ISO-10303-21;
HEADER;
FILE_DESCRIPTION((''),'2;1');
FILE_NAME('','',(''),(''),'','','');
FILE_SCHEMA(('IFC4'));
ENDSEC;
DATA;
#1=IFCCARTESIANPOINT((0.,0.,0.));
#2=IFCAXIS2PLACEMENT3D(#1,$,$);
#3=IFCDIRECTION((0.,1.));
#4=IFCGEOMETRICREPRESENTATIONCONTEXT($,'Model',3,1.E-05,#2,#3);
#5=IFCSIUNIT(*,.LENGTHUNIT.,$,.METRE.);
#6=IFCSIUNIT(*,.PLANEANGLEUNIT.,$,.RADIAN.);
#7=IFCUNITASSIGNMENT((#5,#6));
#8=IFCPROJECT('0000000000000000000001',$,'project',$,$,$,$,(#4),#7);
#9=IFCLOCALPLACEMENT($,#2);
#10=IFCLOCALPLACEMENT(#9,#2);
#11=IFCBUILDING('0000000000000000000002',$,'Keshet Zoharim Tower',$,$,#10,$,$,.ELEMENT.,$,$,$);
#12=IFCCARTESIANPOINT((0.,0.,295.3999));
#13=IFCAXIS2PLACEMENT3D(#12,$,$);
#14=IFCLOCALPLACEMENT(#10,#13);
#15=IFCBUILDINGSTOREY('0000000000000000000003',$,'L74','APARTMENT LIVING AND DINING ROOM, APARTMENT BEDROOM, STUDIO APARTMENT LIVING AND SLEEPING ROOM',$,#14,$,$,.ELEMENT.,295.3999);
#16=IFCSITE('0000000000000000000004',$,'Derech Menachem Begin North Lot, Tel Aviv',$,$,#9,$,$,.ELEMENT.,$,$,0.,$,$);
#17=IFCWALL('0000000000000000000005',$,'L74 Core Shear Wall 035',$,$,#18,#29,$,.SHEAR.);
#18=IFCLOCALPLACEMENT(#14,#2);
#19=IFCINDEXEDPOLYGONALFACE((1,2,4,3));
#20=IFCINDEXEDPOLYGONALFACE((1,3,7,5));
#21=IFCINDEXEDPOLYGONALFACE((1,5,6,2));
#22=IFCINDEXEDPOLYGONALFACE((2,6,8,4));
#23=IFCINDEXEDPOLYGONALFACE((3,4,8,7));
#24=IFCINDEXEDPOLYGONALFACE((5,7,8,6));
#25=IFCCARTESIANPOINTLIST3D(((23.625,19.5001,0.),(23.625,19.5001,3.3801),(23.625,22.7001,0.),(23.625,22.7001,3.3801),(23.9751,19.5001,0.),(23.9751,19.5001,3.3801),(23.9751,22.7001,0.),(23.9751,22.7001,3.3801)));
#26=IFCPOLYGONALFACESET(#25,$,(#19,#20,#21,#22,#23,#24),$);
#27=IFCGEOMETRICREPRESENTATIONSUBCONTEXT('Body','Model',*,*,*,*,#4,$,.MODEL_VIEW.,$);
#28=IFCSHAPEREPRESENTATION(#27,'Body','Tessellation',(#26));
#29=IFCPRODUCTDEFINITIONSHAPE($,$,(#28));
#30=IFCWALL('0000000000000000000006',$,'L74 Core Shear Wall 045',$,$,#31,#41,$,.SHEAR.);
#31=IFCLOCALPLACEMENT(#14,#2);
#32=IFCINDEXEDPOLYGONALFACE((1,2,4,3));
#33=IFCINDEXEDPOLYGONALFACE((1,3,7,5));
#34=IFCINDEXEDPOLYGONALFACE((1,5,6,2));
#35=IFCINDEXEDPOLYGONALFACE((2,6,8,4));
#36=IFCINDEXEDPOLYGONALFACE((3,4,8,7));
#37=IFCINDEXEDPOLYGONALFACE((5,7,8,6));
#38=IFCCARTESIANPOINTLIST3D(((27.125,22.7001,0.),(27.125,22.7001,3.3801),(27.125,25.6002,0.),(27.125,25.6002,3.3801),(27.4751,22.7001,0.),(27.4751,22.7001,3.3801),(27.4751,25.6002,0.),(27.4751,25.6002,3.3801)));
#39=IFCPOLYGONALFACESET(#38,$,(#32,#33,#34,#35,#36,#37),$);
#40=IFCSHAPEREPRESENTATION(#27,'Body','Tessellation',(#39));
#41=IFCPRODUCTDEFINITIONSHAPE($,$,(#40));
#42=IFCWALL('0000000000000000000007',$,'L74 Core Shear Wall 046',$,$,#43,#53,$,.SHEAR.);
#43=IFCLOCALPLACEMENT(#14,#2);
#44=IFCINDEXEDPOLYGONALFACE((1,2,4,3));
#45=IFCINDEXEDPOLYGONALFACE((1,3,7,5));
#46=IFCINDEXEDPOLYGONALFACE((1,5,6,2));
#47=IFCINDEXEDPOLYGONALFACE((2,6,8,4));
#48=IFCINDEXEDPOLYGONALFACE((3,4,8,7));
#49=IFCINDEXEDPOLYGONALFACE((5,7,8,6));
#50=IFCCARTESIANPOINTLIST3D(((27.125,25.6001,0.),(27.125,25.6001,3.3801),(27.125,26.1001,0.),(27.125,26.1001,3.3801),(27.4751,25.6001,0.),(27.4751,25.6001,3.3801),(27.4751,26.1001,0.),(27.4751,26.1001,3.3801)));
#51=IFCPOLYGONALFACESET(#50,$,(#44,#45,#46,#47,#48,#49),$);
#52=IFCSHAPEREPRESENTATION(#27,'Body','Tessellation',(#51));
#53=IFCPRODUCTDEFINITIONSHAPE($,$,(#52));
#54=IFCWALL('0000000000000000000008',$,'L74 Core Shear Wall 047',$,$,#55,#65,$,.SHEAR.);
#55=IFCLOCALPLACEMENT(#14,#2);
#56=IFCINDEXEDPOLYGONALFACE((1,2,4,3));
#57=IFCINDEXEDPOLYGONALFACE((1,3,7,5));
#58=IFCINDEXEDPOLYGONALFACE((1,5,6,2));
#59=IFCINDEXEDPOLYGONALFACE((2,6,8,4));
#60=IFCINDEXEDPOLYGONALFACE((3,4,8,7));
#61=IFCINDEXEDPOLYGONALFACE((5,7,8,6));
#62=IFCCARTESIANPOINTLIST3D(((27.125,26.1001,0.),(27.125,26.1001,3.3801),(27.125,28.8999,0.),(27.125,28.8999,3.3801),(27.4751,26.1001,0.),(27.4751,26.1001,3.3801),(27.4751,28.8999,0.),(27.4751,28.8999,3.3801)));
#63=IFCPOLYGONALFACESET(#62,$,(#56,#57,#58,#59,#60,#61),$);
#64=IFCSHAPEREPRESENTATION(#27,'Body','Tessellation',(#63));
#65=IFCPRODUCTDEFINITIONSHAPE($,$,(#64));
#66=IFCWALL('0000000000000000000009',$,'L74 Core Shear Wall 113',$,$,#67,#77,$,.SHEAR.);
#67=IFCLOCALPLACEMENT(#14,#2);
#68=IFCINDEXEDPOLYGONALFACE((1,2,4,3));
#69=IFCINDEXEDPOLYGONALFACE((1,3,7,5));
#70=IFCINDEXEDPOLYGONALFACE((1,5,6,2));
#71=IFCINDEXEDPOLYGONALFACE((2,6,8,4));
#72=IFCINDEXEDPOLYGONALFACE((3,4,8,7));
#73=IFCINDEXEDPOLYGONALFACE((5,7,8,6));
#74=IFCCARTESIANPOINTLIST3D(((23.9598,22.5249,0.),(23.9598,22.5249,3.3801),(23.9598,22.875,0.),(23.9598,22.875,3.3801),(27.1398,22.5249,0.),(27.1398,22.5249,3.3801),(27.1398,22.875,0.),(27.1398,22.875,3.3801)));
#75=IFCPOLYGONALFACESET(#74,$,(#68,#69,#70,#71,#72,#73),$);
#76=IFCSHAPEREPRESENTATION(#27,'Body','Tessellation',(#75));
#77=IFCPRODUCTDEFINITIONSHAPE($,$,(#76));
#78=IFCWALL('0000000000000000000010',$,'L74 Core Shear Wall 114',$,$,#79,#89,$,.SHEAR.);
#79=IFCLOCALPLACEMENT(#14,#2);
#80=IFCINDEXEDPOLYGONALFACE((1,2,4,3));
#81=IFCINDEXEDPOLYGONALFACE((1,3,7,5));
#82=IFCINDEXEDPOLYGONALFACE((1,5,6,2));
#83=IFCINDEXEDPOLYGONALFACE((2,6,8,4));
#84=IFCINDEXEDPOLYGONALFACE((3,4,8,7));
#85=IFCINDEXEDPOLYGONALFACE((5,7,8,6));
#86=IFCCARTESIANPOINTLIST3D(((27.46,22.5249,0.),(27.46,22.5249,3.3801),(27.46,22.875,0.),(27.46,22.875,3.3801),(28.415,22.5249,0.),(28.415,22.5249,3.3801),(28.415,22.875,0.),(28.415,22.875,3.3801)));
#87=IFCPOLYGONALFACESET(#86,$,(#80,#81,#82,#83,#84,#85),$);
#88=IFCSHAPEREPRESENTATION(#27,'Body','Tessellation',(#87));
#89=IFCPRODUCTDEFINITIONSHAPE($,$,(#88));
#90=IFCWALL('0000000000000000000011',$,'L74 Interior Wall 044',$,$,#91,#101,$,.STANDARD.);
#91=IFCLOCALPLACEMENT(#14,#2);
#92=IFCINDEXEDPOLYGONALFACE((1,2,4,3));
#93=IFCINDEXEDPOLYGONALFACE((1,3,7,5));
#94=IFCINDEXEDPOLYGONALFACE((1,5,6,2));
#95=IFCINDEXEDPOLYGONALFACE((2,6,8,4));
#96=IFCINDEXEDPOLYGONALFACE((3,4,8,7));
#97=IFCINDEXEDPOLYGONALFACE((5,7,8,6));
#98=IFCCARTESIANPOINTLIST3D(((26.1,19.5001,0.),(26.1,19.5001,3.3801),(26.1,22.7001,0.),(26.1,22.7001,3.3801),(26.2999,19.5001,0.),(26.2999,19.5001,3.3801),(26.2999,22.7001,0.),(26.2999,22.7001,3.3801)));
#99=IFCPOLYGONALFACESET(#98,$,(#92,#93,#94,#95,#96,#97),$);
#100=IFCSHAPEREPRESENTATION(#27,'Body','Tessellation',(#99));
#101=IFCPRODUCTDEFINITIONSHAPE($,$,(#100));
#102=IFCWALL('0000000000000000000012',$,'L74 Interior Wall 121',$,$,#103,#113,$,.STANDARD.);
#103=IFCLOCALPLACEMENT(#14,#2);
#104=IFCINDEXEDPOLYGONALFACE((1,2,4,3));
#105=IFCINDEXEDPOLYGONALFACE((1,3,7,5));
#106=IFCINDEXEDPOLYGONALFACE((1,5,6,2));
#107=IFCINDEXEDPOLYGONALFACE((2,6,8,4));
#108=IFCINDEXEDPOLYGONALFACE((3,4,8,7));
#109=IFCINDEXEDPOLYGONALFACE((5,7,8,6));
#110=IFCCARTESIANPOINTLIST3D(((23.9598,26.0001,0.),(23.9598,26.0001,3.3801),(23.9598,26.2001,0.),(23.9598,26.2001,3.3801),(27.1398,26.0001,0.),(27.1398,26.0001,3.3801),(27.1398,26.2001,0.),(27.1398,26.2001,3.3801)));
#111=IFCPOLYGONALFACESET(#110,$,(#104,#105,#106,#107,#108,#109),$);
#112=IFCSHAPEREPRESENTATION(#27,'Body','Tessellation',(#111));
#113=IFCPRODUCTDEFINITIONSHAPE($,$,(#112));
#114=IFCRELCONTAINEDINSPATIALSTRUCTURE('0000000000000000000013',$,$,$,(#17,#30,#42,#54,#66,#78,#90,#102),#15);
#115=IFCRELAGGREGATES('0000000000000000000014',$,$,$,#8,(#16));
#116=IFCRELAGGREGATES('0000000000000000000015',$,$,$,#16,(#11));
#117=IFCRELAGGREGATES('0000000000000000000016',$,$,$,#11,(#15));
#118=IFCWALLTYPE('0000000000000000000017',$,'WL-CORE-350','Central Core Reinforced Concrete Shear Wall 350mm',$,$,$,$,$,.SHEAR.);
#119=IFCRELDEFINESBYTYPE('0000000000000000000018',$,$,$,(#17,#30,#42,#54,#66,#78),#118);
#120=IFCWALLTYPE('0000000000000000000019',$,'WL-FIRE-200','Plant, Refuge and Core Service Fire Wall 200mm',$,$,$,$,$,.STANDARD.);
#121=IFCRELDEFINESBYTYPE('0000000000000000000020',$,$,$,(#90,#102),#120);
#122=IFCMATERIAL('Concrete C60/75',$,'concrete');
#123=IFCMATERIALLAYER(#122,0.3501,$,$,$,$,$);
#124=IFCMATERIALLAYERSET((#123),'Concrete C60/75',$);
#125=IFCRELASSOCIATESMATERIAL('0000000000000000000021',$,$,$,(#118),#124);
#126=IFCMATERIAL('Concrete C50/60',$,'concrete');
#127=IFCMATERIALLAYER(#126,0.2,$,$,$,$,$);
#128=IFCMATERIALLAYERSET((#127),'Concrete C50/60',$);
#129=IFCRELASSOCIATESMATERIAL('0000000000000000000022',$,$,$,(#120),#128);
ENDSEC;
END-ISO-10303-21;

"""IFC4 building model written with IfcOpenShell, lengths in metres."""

from ifc_helpers import new_model, si_unit, direction, frame, frame_2d, origin, place, context, subcontext, project, spatial, rectangle, extrude, material, layer, layer_set, type_object, element, save


model = new_model("IFC4")

# Units and contexts
model_context = context("Model", 3, precision=1e-05, world=origin(), true_north=direction((0.0, 1.0)))
body_context = subcontext(model_context, "Body", "Model", "MODEL_VIEW")
ifc_project = project(units=[si_unit("LENGTHUNIT", "METRE"), si_unit("PLANEANGLEUNIT", "RADIAN")], contexts=[model_context])

# Site, building, storey
site_placement = place(None, origin())
site = spatial("IfcSite", under=ifc_project, at=site_placement, Name="Derech Menachem Begin North Lot, Tel Aviv", CompositionType="ELEMENT", RefElevation=0.0)
building_placement = place(site_placement, origin())
building = spatial("IfcBuilding", under=site, at=building_placement, Name="Keshet Zoharim Tower", CompositionType="ELEMENT")
storey_placement = place(building_placement, frame((0.0, 0.0, 295.3999)))
storey = spatial("IfcBuildingStorey", under=building, at=storey_placement, Name="L74", Description="APARTMENT LIVING AND DINING ROOM, APARTMENT BEDROOM, STUDIO APARTMENT LIVING AND SLEEPING ROOM", CompositionType="ELEMENT", Elevation=295.3999)

# Wall
ifc_material_1 = material(Name="Concrete C60/75", Category="concrete")
ifc_layer_1 = layer(ifc_material_1, 0.3501)
ifc_layer_set_1 = layer_set([ifc_layer_1], Name="Concrete C60/75")
wall_type_1 = type_object("IfcWallType", Name="WL-CORE-350", Description="Central Core Reinforced Concrete Shear Wall 350mm", PredefinedType="SHEAR", material=ifc_layer_set_1)
wall_1_placement = place(storey_placement, frame((23.8, 19.5, 0.0), z_axis=(0.0, 0.0, 1.0), x_axis=(0.0, 1.0, 0.0)))
element("IfcWall", 1, at=wall_1_placement, inside=storey, type_object=wall_type_1, Name="L74 Core Shear Wall 035", PredefinedType="SHEAR", context=body_context, shape_type="SweptSolid", body=[
    extrude(rectangle(XDim=3.2, YDim=0.3501, at=frame_2d((1.6001, 0.0))), origin(), (0.0, 0.0, 1.0), 3.3801),
])

# Walls
wall_2_placement = place(storey_placement, frame((27.3, 22.7, 0.0), z_axis=(0.0, 0.0, 1.0), x_axis=(0.0, 1.0, 0.0)))
element("IfcWall", 2, at=wall_2_placement, inside=storey, type_object=wall_type_1, Name="L74 Core Shear Wall 045", PredefinedType="SHEAR", context=body_context, shape_type="SweptSolid", body=[
    extrude(rectangle(XDim=2.9001, YDim=0.3501, at=frame_2d((1.4502, 0.0))), origin(), (0.0, 0.0, 1.0), 3.3801),
])
wall_3_placement = place(storey_placement, frame((27.3, 25.6001, 0.0), z_axis=(0.0, 0.0, 1.0), x_axis=(0.0, 1.0, 0.0)))
element("IfcWall", 3, at=wall_3_placement, inside=storey, type_object=wall_type_1, Name="L74 Core Shear Wall 046", PredefinedType="SHEAR", context=body_context, shape_type="SweptSolid", body=[
    extrude(rectangle(XDim=0.5, YDim=0.3501, at=frame_2d((0.25, 0.0))), origin(), (0.0, 0.0, 1.0), 3.3801),
])
wall_4_placement = place(storey_placement, frame((27.3, 26.1001, 0.0), z_axis=(0.0, 0.0, 1.0), x_axis=(0.0, 1.0, 0.0)))
element("IfcWall", 4, at=wall_4_placement, inside=storey, type_object=wall_type_1, Name="L74 Core Shear Wall 047", PredefinedType="SHEAR", context=body_context, shape_type="SweptSolid", body=[
    extrude(rectangle(XDim=2.7998, YDim=0.3501, at=frame_2d((1.3999, 0.0))), origin(), (0.0, 0.0, 1.0), 3.3801),
])
wall_5_placement = place(storey_placement, frame((23.96, 22.7, 0.0), z_axis=(0.0, 0.0, 1.0), x_axis=(1.0, 0.0, 0.0)))
element("IfcWall", 5, at=wall_5_placement, inside=storey, type_object=wall_type_1, Name="L74 Core Shear Wall 113", PredefinedType="SHEAR", context=body_context, shape_type="SweptSolid", body=[
    extrude(rectangle(XDim=3.1799, YDim=0.3501, at=frame_2d((1.5898, 0.0))), origin(), (0.0, 0.0, 1.0), 3.3801),
])
wall_6_placement = place(storey_placement, frame((27.46, 22.7, 0.0), z_axis=(0.0, 0.0, 1.0), x_axis=(1.0, 0.0, 0.0)))
element("IfcWall", 6, at=wall_6_placement, inside=storey, type_object=wall_type_1, Name="L74 Core Shear Wall 114", PredefinedType="SHEAR", context=body_context, shape_type="SweptSolid", body=[
    extrude(rectangle(XDim=0.9551, YDim=0.3501, at=frame_2d((0.4775, 0.0))), origin(), (0.0, 0.0, 1.0), 3.3801),
])

# Wall
ifc_material_2 = material(Name="Concrete C50/60", Category="concrete")
ifc_layer_2 = layer(ifc_material_2, 0.2)
ifc_layer_set_2 = layer_set([ifc_layer_2], Name="Concrete C50/60")
wall_type_2 = type_object("IfcWallType", Name="WL-FIRE-200", Description="Plant, Refuge and Core Service Fire Wall 200mm", PredefinedType="STANDARD", material=ifc_layer_set_2)
wall_7_placement = place(storey_placement, frame((26.2, 19.5, 0.0), z_axis=(0.0, 0.0, 1.0), x_axis=(0.0, 1.0, 0.0)))
element("IfcWall", 7, at=wall_7_placement, inside=storey, type_object=wall_type_2, Name="L74 Interior Wall 044", PredefinedType="STANDARD", context=body_context, shape_type="SweptSolid", body=[
    extrude(rectangle(XDim=3.2, YDim=0.2, at=frame_2d((1.6001, 0.0))), origin(), (0.0, 0.0, 1.0), 3.3801),
])

# Wall
wall_8_placement = place(storey_placement, frame((23.96, 26.1001, 0.0), z_axis=(0.0, 0.0, 1.0), x_axis=(1.0, 0.0, 0.0)))
element("IfcWall", 8, at=wall_8_placement, inside=storey, type_object=wall_type_2, Name="L74 Interior Wall 121", PredefinedType="STANDARD", context=body_context, shape_type="SweptSolid", body=[
    extrude(rectangle(XDim=3.1799, YDim=0.2, at=frame_2d((1.5898, 0.0))), origin(), (0.0, 0.0, 1.0), 3.3801),
])

save(model, "model.ifc")
